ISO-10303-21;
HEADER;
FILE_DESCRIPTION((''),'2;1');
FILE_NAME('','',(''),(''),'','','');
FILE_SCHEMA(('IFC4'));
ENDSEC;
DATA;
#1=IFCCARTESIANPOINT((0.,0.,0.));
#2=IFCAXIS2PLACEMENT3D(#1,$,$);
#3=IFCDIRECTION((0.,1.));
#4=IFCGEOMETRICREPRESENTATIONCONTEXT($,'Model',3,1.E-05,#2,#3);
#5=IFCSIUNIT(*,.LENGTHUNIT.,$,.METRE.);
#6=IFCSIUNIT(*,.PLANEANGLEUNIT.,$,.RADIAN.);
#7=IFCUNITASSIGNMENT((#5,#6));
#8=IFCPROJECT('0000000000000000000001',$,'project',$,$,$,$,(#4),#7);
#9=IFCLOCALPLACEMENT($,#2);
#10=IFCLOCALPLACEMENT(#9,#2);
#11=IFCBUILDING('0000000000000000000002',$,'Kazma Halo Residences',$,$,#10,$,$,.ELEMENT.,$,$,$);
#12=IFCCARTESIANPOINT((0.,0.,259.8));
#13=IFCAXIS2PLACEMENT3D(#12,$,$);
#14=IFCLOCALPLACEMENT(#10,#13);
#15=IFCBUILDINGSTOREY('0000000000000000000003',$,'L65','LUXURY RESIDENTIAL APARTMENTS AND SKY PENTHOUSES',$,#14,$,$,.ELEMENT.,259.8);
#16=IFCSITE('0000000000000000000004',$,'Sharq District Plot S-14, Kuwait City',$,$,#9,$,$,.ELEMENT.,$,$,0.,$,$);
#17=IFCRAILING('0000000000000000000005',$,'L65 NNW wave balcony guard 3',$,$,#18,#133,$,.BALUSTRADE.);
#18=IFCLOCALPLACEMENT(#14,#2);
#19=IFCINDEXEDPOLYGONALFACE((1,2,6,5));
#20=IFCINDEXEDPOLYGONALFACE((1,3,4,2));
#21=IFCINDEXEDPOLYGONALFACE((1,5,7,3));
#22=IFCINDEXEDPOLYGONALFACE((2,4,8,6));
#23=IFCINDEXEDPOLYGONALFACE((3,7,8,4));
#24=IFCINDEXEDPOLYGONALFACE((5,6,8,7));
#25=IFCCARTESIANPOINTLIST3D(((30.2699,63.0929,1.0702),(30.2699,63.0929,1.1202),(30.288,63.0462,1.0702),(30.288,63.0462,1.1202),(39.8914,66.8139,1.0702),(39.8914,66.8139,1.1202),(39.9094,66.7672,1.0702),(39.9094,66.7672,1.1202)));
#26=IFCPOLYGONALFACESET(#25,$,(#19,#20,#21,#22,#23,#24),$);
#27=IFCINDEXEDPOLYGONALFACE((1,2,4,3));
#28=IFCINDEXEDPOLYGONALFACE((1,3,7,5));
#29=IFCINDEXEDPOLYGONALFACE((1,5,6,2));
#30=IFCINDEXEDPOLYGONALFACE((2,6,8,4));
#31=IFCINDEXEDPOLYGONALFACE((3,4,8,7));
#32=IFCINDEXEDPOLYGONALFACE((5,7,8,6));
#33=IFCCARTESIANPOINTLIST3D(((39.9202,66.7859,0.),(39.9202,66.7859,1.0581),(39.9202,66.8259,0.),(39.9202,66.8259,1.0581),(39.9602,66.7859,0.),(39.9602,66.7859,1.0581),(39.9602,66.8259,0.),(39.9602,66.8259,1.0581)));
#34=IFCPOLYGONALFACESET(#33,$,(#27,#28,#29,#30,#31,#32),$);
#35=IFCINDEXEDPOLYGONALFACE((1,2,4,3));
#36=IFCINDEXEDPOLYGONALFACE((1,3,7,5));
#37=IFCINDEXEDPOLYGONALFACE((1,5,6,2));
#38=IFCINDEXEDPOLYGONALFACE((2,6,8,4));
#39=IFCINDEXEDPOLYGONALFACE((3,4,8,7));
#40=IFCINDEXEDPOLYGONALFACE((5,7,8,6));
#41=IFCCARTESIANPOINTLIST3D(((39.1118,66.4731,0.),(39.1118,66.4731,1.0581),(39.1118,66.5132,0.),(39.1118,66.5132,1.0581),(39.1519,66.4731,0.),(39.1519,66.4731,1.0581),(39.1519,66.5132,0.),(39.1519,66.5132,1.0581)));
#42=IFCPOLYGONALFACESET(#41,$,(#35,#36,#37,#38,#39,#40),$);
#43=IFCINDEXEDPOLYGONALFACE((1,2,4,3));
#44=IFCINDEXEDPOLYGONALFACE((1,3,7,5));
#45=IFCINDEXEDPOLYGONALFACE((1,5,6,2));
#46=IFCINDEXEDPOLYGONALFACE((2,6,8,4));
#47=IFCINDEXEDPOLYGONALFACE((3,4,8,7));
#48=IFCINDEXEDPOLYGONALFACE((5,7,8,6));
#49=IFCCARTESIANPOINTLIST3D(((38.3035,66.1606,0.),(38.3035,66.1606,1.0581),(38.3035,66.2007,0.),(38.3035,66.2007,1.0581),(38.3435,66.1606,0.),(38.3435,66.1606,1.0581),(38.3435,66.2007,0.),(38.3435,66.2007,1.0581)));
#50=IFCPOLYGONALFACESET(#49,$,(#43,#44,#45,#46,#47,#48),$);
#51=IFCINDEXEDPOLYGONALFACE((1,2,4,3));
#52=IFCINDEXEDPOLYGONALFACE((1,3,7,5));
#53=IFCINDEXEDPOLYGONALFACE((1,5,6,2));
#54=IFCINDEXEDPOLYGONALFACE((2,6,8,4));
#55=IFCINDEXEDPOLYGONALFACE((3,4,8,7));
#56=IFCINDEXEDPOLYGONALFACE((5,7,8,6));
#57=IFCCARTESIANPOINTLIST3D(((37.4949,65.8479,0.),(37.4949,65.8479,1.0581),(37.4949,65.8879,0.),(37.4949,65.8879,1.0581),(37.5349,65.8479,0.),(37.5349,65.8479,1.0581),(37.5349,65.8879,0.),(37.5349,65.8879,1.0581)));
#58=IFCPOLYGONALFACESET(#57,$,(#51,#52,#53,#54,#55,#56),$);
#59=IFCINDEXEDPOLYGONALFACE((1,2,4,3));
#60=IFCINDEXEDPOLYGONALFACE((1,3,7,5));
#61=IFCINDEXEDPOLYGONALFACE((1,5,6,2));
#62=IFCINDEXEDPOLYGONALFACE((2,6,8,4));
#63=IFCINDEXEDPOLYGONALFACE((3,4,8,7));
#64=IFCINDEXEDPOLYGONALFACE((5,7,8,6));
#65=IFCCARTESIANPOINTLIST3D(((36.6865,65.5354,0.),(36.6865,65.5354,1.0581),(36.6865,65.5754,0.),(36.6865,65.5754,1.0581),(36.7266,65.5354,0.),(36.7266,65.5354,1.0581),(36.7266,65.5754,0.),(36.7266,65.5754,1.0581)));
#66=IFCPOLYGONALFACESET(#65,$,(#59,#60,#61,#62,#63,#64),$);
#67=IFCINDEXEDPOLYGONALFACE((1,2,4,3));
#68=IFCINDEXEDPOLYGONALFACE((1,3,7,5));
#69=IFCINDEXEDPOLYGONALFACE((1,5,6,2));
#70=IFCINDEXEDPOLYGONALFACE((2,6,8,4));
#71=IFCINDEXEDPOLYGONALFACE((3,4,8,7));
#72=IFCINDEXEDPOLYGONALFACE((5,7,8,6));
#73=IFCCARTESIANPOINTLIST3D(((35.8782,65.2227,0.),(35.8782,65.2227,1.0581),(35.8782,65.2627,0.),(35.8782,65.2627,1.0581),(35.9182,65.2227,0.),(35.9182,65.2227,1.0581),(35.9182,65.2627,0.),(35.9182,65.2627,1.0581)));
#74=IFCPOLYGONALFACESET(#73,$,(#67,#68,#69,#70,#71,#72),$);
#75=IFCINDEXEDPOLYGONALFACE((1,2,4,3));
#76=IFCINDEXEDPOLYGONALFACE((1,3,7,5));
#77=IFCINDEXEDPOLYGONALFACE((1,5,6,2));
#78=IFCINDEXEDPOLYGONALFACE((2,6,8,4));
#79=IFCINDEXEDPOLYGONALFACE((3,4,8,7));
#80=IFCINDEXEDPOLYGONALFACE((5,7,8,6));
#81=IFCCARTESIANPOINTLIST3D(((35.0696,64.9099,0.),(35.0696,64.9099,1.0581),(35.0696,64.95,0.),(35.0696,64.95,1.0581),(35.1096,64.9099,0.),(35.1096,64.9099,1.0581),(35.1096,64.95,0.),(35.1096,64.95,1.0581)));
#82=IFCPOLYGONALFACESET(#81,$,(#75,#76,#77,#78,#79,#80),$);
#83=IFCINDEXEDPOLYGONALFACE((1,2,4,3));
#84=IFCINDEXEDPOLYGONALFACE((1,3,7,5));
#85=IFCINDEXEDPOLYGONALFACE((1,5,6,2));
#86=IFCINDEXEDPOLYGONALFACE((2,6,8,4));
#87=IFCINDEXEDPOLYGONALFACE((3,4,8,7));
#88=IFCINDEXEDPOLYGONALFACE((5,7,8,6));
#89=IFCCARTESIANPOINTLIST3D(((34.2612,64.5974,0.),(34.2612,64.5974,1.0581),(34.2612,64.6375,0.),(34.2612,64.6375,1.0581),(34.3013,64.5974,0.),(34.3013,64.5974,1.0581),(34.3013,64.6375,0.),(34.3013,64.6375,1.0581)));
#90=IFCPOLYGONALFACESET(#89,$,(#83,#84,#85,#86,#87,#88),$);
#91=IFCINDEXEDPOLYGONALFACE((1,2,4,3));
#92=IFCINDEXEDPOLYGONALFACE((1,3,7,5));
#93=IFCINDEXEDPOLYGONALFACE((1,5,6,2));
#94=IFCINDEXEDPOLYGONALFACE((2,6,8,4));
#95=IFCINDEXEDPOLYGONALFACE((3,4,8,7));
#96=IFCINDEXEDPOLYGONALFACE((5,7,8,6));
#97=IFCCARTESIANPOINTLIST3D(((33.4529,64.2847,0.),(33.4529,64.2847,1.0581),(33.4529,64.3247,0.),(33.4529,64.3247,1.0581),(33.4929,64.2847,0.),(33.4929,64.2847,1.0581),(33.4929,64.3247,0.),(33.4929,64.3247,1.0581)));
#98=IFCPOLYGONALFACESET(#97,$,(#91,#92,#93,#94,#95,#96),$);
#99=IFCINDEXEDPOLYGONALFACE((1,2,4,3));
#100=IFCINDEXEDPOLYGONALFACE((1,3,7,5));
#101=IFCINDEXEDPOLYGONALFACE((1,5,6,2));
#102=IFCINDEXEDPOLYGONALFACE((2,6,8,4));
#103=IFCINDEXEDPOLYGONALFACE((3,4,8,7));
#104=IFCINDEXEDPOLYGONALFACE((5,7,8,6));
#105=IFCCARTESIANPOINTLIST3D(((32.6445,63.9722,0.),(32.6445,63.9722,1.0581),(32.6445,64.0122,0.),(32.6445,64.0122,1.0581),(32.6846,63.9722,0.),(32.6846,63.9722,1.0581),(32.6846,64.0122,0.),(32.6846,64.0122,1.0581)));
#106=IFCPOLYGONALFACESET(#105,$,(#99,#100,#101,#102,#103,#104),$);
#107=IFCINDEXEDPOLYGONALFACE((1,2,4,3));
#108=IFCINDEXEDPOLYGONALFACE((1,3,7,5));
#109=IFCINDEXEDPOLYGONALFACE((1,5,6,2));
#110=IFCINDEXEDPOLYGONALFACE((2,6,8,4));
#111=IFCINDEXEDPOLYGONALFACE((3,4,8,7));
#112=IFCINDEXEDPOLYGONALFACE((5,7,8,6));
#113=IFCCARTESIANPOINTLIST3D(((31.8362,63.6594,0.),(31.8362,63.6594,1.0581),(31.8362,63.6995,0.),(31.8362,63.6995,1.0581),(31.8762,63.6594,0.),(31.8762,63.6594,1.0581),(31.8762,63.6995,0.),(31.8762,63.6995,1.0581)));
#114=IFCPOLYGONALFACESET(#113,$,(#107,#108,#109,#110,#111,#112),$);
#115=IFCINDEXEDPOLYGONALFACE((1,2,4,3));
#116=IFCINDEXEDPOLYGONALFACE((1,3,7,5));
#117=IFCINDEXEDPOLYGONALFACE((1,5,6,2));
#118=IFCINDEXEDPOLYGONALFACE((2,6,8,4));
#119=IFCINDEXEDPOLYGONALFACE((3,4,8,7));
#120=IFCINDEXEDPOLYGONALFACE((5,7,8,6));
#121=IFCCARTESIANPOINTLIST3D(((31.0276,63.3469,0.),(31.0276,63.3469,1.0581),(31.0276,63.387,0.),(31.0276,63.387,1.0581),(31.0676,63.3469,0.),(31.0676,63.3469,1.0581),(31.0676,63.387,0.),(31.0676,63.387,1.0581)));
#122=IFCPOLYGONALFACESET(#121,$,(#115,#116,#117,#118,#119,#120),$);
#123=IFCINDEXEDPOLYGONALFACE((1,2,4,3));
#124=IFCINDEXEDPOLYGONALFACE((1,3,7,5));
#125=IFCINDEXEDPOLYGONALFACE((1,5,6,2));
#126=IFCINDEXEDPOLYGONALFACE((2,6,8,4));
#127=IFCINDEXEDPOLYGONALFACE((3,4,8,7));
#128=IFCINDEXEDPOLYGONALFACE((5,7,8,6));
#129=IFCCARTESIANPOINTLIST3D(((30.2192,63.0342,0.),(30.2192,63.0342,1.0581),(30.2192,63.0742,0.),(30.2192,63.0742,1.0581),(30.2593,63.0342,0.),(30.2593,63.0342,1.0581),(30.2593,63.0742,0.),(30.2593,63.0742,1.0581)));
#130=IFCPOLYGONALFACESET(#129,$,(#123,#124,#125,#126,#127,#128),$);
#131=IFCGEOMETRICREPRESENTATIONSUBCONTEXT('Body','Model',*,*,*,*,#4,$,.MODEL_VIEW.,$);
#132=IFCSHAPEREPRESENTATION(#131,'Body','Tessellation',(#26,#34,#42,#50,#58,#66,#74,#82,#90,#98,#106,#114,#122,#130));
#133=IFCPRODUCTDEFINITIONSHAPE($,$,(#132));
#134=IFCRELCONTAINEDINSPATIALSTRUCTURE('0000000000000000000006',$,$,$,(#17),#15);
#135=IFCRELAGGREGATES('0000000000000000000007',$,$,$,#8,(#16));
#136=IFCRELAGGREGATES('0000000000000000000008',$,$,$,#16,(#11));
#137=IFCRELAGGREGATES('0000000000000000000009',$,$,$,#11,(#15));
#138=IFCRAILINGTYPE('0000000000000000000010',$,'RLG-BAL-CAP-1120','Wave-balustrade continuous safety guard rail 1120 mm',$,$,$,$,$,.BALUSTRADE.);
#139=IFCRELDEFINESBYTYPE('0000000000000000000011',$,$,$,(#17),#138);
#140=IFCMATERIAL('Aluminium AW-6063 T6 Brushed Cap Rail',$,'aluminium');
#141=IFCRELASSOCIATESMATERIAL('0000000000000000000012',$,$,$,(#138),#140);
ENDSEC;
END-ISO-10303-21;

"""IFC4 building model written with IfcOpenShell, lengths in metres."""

from ifc_helpers import new_model, si_unit, direction, frame, origin, origin_2d, place, context, subcontext, project, spatial, rectangle, extrude, material, type_object, element, save


model = new_model("IFC4")

# Units and contexts
model_context = context("Model", 3, precision=1e-05, world=origin(), true_north=direction((0.0, 1.0)))
body_context = subcontext(model_context, "Body", "Model", "MODEL_VIEW")
ifc_project = project(units=[si_unit("LENGTHUNIT", "METRE"), si_unit("PLANEANGLEUNIT", "RADIAN")], contexts=[model_context])

# Site, building, storey
site_placement = place(None, origin())
site = spatial("IfcSite", under=ifc_project, at=site_placement, Name="Sharq District Plot S-14, Kuwait City", CompositionType="ELEMENT", RefElevation=0.0)
building_placement = place(site_placement, origin())
building = spatial("IfcBuilding", under=site, at=building_placement, Name="Kazma Halo Residences", CompositionType="ELEMENT")
storey_placement = place(building_placement, frame((0.0, 0.0, 259.8)))
storey = spatial("IfcBuildingStorey", under=building, at=storey_placement, Name="L65", Description="LUXURY RESIDENTIAL APARTMENTS AND SKY PENTHOUSES", CompositionType="ELEMENT", Elevation=259.8)

# Railing
ifc_material_1 = material(Name="Aluminium AW-6063 T6 Brushed Cap Rail", Category="aluminium")
railing_type = type_object("IfcRailingType", Name="RLG-BAL-CAP-1120", Description="Wave-balustrade continuous safety guard rail 1120 mm", PredefinedType="BALUSTRADE", material=ifc_material_1)
railing_1_placement = place(storey_placement, frame((39.9402, 66.8059, 0.0)))
element("IfcRailing", 1, at=railing_1_placement, inside=storey, type_object=railing_type, Name="L65 NNW wave balcony guard 3", PredefinedType="BALUSTRADE", context=body_context, shape_type="SweptSolid", body=[
    extrude(rectangle(XDim=0.05, YDim=0.05, at=origin_2d()), frame((-0.0398, -0.0154, 1.0952), z_axis=(-0.932681, -0.360702, 0.0), x_axis=(0.360702, -0.932681, 0.0)), (0.0, 0.0, 1.0), 10.3159),
    extrude(rectangle(XDim=0.04, YDim=0.04, at=origin_2d()), origin(), (0.0, 0.0, 1.0), 1.0581),
    extrude(rectangle(XDim=0.04, YDim=0.04, at=origin_2d()), frame((-0.8083, -0.3127, 0.0)), (0.0, 0.0, 1.0), 1.0581),
    extrude(rectangle(XDim=0.04, YDim=0.04, at=origin_2d()), frame((-1.6167, -0.6252, 0.0)), (0.0, 0.0, 1.0), 1.0581),
    extrude(rectangle(XDim=0.04, YDim=0.04, at=origin_2d()), frame((-2.4253, -0.938, 0.0)), (0.0, 0.0, 1.0), 1.0581),
    extrude(rectangle(XDim=0.04, YDim=0.04, at=origin_2d()), frame((-3.2336, -1.2505, 0.0)), (0.0, 0.0, 1.0), 1.0581),
    extrude(rectangle(XDim=0.04, YDim=0.04, at=origin_2d()), frame((-4.042, -1.5632, 0.0)), (0.0, 0.0, 1.0), 1.0581),
    extrude(rectangle(XDim=0.04, YDim=0.04, at=origin_2d()), frame((-4.8506, -1.876, 0.0)), (0.0, 0.0, 1.0), 1.0581),
    extrude(rectangle(XDim=0.04, YDim=0.04, at=origin_2d()), frame((-5.6589, -2.1885, 0.0)), (0.0, 0.0, 1.0), 1.0581),
    extrude(rectangle(XDim=0.04, YDim=0.04, at=origin_2d()), frame((-6.4673, -2.5012, 0.0)), (0.0, 0.0, 1.0), 1.0581),
    extrude(rectangle(XDim=0.04, YDim=0.04, at=origin_2d()), frame((-7.2756, -2.8137, 0.0)), (0.0, 0.0, 1.0), 1.0581),
    extrude(rectangle(XDim=0.04, YDim=0.04, at=origin_2d()), frame((-8.084, -3.1265, 0.0)), (0.0, 0.0, 1.0), 1.0581),
    extrude(rectangle(XDim=0.04, YDim=0.04, at=origin_2d()), frame((-8.8926, -3.439, 0.0)), (0.0, 0.0, 1.0), 1.0581),
    extrude(rectangle(XDim=0.04, YDim=0.04, at=origin_2d()), frame((-9.7009, -3.7517, 0.0)), (0.0, 0.0, 1.0), 1.0581),
])

save(model, "model.ifc")
